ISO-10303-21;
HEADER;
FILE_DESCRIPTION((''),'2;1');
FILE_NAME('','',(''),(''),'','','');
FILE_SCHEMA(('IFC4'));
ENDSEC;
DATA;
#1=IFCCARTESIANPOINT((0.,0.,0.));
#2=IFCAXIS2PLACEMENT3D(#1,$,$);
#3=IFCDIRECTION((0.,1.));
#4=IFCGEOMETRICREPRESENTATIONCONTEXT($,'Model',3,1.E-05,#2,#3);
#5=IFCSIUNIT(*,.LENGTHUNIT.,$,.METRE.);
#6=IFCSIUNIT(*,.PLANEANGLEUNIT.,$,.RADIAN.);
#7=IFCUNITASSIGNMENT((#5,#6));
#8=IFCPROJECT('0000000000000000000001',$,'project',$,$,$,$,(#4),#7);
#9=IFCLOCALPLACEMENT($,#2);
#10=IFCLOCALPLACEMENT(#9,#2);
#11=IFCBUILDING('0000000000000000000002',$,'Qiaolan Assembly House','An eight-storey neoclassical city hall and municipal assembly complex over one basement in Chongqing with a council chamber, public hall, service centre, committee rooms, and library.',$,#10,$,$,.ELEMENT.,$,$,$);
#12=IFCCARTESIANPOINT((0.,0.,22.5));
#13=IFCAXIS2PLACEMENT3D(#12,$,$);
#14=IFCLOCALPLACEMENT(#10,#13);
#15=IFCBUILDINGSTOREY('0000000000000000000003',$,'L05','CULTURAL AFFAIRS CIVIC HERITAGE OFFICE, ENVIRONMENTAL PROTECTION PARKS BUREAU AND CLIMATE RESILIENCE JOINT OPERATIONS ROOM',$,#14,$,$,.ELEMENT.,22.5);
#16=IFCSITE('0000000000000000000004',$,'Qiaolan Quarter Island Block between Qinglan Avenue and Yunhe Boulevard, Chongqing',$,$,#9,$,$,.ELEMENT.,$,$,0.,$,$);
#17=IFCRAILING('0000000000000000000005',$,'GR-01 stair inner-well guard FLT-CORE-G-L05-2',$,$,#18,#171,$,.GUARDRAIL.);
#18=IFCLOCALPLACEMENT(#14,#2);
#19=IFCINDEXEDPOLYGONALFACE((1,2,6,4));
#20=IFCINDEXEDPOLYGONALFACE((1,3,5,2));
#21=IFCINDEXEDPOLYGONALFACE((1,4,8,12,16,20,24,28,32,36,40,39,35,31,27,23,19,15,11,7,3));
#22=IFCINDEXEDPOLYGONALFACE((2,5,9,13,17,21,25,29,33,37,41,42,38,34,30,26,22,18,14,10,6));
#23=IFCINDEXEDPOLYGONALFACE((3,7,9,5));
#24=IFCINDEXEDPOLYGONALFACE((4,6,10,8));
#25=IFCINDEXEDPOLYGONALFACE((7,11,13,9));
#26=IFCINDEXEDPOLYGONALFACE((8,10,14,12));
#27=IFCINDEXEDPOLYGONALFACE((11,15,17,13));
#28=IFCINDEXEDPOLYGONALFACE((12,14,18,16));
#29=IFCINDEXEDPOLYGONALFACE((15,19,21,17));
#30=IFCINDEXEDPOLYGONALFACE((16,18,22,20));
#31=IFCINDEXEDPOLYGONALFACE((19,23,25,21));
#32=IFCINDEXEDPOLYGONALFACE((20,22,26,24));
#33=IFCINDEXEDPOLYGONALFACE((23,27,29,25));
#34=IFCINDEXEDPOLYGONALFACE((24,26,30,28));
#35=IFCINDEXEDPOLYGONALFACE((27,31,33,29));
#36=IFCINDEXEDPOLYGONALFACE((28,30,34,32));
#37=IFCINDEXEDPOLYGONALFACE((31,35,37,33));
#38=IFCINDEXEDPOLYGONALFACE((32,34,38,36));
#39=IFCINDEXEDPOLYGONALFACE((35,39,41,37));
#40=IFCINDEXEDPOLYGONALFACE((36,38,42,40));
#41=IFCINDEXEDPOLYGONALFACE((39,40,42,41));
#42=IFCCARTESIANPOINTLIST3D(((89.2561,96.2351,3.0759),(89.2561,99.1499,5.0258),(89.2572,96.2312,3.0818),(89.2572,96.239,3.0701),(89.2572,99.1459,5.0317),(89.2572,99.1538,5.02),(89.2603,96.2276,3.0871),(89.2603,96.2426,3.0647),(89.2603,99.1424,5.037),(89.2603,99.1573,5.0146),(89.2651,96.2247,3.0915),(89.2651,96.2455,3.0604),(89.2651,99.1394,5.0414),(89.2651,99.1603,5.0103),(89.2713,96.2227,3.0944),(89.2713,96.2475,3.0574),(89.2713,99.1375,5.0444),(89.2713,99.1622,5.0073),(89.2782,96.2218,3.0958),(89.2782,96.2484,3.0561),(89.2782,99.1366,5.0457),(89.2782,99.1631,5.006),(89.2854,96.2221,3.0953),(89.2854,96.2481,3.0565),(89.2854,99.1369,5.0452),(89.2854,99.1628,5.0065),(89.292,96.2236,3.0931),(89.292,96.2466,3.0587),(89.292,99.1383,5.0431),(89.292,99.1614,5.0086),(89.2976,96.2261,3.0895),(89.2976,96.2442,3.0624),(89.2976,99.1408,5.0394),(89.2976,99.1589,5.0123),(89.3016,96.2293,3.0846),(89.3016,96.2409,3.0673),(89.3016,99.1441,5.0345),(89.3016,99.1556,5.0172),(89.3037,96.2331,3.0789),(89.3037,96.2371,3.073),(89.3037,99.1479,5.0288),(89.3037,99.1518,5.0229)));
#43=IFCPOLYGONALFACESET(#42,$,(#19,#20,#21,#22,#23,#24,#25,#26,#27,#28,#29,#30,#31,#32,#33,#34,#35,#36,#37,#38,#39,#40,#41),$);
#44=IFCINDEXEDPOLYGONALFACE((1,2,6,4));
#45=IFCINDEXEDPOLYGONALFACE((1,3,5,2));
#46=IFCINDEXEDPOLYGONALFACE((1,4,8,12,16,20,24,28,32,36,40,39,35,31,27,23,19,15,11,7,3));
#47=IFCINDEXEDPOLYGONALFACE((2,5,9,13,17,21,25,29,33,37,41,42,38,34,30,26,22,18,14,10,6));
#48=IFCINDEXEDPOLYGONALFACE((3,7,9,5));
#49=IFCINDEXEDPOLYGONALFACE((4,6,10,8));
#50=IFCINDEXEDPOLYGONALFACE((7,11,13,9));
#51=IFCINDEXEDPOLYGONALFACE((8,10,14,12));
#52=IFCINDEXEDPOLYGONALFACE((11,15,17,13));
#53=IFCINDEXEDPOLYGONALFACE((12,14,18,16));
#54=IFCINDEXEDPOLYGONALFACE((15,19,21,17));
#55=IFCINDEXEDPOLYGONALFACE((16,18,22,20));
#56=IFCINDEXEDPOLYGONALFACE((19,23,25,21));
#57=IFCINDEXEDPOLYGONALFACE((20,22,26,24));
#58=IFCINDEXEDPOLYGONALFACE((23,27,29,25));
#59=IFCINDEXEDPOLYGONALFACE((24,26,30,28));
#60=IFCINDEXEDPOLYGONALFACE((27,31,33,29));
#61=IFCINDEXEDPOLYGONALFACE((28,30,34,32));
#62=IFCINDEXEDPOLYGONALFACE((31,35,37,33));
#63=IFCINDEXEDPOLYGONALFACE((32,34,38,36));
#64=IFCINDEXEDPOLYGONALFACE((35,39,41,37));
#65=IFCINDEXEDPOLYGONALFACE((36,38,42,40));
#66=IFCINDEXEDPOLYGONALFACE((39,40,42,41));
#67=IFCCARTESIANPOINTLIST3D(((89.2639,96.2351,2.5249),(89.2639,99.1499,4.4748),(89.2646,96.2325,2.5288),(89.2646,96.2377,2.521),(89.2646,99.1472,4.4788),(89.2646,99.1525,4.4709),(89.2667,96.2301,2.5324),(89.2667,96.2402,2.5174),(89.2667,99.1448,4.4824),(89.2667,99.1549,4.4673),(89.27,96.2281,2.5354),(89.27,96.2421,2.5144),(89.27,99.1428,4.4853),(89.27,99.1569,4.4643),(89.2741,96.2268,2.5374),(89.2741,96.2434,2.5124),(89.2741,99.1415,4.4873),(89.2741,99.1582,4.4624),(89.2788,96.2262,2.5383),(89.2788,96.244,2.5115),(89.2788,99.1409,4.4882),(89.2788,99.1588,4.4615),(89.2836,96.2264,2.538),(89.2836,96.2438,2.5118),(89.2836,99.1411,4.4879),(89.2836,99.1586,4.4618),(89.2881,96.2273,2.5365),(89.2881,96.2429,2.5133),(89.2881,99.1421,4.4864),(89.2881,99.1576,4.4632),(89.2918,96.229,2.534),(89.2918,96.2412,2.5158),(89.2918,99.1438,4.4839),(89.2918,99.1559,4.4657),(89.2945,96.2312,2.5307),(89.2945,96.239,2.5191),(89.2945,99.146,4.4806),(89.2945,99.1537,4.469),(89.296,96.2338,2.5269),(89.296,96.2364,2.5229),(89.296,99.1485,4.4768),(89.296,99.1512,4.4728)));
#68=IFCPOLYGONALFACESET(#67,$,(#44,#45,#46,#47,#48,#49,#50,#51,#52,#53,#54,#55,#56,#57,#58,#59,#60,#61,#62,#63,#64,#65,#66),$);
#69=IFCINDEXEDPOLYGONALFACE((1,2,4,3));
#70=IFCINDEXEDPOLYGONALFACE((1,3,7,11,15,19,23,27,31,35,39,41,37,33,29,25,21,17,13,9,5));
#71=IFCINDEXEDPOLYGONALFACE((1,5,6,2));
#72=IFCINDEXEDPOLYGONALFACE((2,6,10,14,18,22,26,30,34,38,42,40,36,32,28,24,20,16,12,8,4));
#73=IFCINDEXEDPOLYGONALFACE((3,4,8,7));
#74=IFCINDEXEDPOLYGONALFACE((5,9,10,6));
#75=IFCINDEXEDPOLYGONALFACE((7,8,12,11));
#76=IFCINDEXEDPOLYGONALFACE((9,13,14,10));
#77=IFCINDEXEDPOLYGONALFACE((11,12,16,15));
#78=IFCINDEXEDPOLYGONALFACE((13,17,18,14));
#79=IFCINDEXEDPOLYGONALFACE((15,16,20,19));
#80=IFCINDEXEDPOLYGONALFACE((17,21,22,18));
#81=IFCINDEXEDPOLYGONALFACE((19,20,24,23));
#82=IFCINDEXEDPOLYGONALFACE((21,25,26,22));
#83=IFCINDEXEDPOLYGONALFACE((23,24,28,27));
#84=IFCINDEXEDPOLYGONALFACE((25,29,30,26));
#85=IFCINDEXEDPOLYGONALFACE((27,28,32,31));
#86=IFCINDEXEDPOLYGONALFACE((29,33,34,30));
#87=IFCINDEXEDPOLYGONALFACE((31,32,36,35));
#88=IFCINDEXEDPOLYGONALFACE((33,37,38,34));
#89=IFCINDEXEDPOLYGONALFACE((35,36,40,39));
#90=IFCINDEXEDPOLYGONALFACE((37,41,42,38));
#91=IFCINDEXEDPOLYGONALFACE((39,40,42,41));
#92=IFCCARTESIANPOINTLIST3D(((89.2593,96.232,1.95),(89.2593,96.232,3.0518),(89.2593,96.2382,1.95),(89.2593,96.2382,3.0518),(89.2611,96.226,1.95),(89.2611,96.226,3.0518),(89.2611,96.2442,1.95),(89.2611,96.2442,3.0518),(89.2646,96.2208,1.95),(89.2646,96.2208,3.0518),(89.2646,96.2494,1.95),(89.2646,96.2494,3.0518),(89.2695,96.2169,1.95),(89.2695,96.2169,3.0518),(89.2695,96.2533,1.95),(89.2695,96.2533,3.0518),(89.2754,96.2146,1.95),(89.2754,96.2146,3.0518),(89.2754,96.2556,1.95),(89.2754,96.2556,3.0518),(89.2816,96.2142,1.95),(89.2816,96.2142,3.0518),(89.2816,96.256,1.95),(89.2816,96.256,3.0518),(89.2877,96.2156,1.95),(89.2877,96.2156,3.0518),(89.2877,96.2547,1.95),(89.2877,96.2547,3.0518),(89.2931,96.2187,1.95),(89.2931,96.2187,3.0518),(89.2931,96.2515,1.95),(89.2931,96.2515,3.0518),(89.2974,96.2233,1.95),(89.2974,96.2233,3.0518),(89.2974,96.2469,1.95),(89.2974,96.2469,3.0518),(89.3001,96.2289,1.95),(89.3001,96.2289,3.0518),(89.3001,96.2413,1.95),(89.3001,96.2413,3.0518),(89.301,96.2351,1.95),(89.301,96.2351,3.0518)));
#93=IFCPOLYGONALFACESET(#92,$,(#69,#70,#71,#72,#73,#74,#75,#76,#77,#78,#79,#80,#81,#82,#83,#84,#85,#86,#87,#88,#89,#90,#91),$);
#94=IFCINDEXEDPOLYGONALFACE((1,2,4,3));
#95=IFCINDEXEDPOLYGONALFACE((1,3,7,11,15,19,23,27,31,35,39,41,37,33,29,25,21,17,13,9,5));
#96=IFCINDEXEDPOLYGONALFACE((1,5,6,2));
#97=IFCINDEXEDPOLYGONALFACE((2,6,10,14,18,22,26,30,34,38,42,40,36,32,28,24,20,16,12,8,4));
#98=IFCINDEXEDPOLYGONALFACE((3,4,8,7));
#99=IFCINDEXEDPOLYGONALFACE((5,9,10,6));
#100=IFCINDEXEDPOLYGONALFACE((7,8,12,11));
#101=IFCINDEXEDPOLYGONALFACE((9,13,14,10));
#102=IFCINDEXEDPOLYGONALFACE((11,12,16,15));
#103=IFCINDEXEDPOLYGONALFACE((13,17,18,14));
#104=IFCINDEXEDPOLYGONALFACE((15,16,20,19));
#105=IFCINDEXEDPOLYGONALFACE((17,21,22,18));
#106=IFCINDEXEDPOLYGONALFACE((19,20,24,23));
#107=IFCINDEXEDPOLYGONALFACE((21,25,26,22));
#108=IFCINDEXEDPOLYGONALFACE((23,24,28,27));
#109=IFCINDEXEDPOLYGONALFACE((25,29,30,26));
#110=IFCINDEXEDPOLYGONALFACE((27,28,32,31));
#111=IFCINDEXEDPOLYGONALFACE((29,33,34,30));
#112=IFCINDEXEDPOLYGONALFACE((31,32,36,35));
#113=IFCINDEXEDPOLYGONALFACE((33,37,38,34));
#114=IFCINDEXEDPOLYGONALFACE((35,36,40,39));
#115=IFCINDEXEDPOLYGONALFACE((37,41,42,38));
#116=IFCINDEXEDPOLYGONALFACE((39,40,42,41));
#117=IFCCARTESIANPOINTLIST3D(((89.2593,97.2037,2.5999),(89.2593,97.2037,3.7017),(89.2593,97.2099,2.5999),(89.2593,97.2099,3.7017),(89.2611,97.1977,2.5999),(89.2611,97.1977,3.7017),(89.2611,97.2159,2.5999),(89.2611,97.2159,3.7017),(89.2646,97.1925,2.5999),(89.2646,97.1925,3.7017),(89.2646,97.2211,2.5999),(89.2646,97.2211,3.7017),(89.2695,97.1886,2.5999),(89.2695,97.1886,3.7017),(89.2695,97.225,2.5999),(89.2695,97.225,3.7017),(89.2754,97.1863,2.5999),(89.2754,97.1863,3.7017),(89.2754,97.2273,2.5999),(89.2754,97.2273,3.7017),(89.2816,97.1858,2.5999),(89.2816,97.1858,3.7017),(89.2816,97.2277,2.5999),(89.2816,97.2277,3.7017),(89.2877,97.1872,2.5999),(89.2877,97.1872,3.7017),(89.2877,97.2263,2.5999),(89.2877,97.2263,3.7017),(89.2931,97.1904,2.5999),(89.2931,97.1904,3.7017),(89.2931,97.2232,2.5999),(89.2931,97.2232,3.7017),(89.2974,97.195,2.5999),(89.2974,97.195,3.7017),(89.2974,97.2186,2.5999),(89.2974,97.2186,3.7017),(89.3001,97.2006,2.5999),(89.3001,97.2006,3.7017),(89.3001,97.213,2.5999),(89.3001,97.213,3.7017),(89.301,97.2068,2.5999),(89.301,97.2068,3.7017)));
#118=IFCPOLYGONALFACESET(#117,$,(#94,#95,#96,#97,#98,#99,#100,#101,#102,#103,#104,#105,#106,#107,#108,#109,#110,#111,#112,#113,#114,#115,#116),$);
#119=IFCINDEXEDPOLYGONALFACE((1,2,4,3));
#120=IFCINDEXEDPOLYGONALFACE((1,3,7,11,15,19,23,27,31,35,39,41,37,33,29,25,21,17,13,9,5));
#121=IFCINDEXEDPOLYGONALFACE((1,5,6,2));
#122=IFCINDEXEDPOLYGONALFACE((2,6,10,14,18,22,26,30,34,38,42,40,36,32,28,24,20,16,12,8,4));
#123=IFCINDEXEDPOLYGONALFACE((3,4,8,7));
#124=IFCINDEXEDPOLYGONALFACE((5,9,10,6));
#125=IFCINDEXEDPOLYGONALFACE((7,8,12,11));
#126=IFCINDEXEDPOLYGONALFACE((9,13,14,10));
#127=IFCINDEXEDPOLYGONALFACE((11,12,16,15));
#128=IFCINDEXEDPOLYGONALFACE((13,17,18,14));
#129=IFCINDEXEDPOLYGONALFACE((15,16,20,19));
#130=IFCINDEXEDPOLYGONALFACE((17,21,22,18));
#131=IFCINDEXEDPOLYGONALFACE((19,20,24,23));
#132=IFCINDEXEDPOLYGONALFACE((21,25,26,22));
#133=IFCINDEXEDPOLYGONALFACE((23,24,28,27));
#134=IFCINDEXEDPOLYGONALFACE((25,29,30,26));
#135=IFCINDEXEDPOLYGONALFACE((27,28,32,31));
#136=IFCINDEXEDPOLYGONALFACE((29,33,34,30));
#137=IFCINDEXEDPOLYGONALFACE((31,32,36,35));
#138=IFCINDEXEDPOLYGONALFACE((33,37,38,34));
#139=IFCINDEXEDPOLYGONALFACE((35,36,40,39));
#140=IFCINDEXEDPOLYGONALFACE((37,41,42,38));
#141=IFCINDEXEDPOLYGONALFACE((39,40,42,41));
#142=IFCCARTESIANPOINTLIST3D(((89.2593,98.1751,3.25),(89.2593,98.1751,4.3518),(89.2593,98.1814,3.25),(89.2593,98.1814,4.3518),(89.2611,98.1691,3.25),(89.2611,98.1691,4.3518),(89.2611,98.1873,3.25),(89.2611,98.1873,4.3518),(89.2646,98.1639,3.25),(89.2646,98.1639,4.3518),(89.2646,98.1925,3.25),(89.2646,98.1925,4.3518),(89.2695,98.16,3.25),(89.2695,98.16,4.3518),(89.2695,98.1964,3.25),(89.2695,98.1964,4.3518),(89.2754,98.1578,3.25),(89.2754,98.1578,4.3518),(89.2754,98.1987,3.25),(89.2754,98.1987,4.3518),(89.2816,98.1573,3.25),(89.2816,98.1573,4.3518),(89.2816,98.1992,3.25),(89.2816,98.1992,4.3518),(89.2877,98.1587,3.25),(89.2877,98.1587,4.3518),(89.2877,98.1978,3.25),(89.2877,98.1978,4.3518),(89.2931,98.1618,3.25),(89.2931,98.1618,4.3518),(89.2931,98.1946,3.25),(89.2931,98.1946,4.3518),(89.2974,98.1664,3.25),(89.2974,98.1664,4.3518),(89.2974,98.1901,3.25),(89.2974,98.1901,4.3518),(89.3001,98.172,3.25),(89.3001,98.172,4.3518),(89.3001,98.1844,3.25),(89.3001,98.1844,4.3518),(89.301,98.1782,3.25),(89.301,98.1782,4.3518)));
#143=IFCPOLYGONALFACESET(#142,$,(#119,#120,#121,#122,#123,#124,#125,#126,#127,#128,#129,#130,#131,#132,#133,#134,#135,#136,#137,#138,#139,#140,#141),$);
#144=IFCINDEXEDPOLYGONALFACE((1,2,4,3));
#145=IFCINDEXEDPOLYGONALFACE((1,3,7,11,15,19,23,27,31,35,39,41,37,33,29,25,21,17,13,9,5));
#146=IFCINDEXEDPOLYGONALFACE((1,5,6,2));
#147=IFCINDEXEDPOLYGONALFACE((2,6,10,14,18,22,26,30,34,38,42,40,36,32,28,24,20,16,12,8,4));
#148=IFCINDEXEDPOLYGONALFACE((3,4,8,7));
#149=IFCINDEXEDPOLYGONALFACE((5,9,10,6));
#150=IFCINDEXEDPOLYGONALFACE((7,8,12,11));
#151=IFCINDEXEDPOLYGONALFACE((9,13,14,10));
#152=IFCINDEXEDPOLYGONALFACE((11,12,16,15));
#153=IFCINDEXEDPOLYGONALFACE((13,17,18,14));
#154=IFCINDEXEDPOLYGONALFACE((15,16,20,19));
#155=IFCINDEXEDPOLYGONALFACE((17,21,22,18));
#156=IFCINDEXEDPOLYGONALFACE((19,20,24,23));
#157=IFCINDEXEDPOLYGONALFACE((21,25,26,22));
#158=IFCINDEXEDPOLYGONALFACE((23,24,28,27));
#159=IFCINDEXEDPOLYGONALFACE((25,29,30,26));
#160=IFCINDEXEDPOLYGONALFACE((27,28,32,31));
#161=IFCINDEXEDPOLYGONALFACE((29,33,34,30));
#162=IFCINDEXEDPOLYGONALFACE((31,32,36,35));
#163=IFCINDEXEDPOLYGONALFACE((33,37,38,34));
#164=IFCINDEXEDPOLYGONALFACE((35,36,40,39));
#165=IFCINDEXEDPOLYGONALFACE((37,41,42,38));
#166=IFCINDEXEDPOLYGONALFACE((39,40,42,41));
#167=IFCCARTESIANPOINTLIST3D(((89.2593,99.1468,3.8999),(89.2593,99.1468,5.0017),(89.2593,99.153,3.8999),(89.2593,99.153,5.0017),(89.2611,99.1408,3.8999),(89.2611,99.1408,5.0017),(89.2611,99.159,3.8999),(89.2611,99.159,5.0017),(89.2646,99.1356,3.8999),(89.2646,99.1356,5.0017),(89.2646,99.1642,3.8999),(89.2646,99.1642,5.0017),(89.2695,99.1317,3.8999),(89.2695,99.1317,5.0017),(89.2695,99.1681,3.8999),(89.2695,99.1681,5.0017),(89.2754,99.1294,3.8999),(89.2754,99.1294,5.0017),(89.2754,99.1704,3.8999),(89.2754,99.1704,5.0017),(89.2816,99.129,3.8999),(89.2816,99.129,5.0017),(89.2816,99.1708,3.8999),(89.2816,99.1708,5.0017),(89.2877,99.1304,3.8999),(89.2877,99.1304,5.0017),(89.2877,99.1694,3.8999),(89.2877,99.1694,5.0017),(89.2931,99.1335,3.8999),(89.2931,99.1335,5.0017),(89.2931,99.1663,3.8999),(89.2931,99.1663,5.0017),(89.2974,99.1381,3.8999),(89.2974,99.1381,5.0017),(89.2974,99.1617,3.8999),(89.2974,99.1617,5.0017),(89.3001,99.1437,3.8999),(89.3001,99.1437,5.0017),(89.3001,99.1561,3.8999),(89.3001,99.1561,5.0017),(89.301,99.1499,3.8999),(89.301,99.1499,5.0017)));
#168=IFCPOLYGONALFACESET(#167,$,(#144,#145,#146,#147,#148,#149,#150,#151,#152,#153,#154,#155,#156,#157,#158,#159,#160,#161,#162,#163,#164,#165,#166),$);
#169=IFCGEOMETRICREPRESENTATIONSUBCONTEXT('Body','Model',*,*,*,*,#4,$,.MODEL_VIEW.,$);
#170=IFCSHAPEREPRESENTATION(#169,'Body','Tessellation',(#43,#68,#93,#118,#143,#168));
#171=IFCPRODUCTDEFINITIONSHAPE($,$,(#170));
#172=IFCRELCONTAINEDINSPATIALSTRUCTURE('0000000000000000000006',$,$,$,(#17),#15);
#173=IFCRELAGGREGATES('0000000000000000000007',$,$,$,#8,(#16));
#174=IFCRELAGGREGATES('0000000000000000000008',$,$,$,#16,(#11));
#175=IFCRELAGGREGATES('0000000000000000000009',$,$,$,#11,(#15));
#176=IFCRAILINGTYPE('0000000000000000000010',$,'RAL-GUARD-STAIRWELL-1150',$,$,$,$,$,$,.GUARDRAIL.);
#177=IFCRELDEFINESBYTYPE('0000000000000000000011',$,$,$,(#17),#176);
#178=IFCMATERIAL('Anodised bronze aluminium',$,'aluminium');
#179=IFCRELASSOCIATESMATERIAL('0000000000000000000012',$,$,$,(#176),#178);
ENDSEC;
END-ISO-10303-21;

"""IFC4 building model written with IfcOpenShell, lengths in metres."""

from ifc_helpers import new_model, si_unit, direction, frame, origin, origin_2d, place, context, subcontext, project, spatial, circle, extrude, material, type_object, element, save


model = new_model("IFC4")

# Units and contexts
model_context = context("Model", 3, precision=1e-05, world=origin(), true_north=direction((0.0, 1.0)))
body_context = subcontext(model_context, "Body", "Model", "MODEL_VIEW")
ifc_project = project(units=[si_unit("LENGTHUNIT", "METRE"), si_unit("PLANEANGLEUNIT", "RADIAN")], contexts=[model_context])

# Site, building, storey
site_placement = place(None, origin())
site = spatial("IfcSite", under=ifc_project, at=site_placement, Name="Qiaolan Quarter Island Block between Qinglan Avenue and Yunhe Boulevard, Chongqing", CompositionType="ELEMENT", RefElevation=0.0)
building_placement = place(site_placement, origin())
building = spatial("IfcBuilding", under=site, at=building_placement, Name="Qiaolan Assembly House", Description="An eight-storey neoclassical city hall and municipal assembly complex over one basement in Chongqing with a council chamber, public hall, service centre, committee rooms, and library.", CompositionType="ELEMENT")
storey_placement = place(building_placement, frame((0.0, 0.0, 22.5)))
storey = spatial("IfcBuildingStorey", under=building, at=storey_placement, Name="L05", Description="CULTURAL AFFAIRS CIVIC HERITAGE OFFICE, ENVIRONMENTAL PROTECTION PARKS BUREAU AND CLIMATE RESILIENCE JOINT OPERATIONS ROOM", CompositionType="ELEMENT", Elevation=22.5)

# Railing
ifc_material_1 = material(Name="Anodised bronze aluminium", Category="aluminium")
railing_type_1 = type_object("IfcRailingType", Name="RAL-GUARD-STAIRWELL-1150", PredefinedType="GUARDRAIL", material=ifc_material_1)
railing_1_placement = place(storey_placement, frame((89.28, 96.2351, 1.95)))
element("IfcRailing", 1, at=railing_1_placement, inside=storey, type_object=railing_type_1, Name="GR-01 stair inner-well guard FLT-CORE-G-L05-2", PredefinedType="GUARDRAIL", context=body_context, shape_type="SweptSolid", body=[
    extrude(circle(Radius=0.0239, at=origin_2d()), frame((0.0, 0.0, 1.126), z_axis=(0.0, 0.83116, 0.556033), x_axis=(-1.0, 0.0, 0.0)), (0.0, 0.0, 1.0), 3.5068),
    extrude(circle(Radius=0.0161, at=origin_2d()), frame((0.0, 0.0, 0.575), z_axis=(0.0, 0.83116, 0.556033), x_axis=(-1.0, 0.0, 0.0)), (0.0, 0.0, 1.0), 3.5068),
    extrude(circle(Radius=0.021, at=origin_2d()), origin(), (0.0, 0.0, 1.0), 1.1018),
    extrude(circle(Radius=0.021, at=origin_2d()), frame((0.0, 0.9717, 0.6499)), (0.0, 0.0, 1.0), 1.1018),
    extrude(circle(Radius=0.021, at=origin_2d()), frame((0.0, 1.9431, 1.3)), (0.0, 0.0, 1.0), 1.1018),
    extrude(circle(Radius=0.021, at=origin_2d()), frame((0.0, 2.9148, 1.95)), (0.0, 0.0, 1.0), 1.1018),
])

save(model, "model.ifc")
